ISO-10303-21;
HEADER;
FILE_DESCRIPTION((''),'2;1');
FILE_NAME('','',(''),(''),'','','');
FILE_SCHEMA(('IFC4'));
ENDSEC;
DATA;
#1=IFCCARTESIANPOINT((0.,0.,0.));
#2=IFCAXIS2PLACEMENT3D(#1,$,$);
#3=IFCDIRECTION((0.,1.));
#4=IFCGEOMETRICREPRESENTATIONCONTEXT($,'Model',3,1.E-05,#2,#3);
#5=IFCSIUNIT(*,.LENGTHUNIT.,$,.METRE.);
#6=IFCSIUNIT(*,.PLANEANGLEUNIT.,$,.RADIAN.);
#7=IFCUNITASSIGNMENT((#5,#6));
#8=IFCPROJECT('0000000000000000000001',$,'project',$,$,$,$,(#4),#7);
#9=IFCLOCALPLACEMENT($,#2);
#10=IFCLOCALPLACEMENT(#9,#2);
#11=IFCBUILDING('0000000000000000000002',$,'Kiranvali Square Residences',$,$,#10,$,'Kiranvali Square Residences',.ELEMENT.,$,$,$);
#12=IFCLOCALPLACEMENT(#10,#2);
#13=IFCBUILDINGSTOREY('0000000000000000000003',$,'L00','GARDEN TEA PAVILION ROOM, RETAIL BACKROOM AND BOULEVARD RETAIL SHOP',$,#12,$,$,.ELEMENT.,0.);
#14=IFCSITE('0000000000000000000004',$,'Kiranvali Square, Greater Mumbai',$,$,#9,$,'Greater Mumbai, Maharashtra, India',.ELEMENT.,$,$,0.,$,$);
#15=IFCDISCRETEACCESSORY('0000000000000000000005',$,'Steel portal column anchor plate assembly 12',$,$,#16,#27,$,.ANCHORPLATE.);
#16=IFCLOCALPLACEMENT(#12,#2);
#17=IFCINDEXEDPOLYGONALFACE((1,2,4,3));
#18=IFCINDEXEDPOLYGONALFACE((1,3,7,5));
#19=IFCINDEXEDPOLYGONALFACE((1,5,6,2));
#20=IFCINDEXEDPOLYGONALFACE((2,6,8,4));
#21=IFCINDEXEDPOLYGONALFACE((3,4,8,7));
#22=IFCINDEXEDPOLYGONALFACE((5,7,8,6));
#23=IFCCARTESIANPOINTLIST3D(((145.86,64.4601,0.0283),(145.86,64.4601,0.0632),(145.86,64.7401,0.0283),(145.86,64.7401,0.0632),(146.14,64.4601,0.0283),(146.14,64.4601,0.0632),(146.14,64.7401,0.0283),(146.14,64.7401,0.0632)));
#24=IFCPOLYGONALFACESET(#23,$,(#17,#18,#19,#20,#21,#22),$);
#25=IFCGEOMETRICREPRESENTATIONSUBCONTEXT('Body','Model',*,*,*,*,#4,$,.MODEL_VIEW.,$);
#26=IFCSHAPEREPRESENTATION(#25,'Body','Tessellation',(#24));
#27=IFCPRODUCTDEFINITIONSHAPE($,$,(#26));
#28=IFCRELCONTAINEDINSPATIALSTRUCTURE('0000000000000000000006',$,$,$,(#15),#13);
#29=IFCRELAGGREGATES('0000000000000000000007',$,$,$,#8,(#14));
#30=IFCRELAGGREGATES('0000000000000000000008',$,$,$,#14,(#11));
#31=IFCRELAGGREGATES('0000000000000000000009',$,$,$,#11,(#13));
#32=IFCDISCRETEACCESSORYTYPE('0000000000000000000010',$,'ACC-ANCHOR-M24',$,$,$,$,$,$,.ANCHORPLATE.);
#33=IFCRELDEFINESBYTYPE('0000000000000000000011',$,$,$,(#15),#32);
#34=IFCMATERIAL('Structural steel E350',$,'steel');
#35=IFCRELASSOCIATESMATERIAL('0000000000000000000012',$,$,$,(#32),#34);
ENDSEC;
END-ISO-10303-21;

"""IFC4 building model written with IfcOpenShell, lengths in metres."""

from ifc_helpers import new_model, si_unit, direction, frame, origin, origin_2d, place, context, subcontext, project, spatial, rectangle, extrude, material, type_object, element, save


model = new_model("IFC4")

# Units and contexts
model_context = context("Model", 3, precision=1e-05, world=origin(), true_north=direction((0.0, 1.0)))
body_context = subcontext(model_context, "Body", "Model", "MODEL_VIEW")
ifc_project = project(units=[si_unit("LENGTHUNIT", "METRE"), si_unit("PLANEANGLEUNIT", "RADIAN")], contexts=[model_context])

# Site, building, storey
site_placement = place(None, origin())
site = spatial("IfcSite", under=ifc_project, at=site_placement, Name="Kiranvali Square, Greater Mumbai", LongName="Greater Mumbai, Maharashtra, India", CompositionType="ELEMENT", RefElevation=0.0)
building_placement = place(site_placement, origin())
building = spatial("IfcBuilding", under=site, at=building_placement, Name="Kiranvali Square Residences", LongName="Kiranvali Square Residences", CompositionType="ELEMENT")
storey_placement = place(building_placement, origin())
storey = spatial("IfcBuildingStorey", under=building, at=storey_placement, Name="L00", Description="GARDEN TEA PAVILION ROOM, RETAIL BACKROOM AND BOULEVARD RETAIL SHOP", CompositionType="ELEMENT", Elevation=0.0)

# Shared definitions
ifc_material_1 = material(Name="Structural steel E350", Category="steel")

# Discrete accessory
discrete_accessory_type = type_object("IfcDiscreteAccessoryType", Name="ACC-ANCHOR-M24", PredefinedType="ANCHORPLATE", material=ifc_material_1)
discrete_accessory_placement = place(storey_placement, frame((146.0, 64.6001, 0.0283), z_axis=(0.0, 0.0, 1.0), x_axis=(1.0, 0.0, 0.0)))
element("IfcDiscreteAccessory", 1, at=discrete_accessory_placement, inside=storey, type_object=discrete_accessory_type, Name="Steel portal column anchor plate assembly 12", PredefinedType="ANCHORPLATE", context=body_context, shape_type="SweptSolid", body=[
    extrude(rectangle(XDim=0.28, YDim=0.28, at=origin_2d()), origin(), (0.0, 0.0, 1.0), 0.0349),
])

save(model, "model.ifc")
